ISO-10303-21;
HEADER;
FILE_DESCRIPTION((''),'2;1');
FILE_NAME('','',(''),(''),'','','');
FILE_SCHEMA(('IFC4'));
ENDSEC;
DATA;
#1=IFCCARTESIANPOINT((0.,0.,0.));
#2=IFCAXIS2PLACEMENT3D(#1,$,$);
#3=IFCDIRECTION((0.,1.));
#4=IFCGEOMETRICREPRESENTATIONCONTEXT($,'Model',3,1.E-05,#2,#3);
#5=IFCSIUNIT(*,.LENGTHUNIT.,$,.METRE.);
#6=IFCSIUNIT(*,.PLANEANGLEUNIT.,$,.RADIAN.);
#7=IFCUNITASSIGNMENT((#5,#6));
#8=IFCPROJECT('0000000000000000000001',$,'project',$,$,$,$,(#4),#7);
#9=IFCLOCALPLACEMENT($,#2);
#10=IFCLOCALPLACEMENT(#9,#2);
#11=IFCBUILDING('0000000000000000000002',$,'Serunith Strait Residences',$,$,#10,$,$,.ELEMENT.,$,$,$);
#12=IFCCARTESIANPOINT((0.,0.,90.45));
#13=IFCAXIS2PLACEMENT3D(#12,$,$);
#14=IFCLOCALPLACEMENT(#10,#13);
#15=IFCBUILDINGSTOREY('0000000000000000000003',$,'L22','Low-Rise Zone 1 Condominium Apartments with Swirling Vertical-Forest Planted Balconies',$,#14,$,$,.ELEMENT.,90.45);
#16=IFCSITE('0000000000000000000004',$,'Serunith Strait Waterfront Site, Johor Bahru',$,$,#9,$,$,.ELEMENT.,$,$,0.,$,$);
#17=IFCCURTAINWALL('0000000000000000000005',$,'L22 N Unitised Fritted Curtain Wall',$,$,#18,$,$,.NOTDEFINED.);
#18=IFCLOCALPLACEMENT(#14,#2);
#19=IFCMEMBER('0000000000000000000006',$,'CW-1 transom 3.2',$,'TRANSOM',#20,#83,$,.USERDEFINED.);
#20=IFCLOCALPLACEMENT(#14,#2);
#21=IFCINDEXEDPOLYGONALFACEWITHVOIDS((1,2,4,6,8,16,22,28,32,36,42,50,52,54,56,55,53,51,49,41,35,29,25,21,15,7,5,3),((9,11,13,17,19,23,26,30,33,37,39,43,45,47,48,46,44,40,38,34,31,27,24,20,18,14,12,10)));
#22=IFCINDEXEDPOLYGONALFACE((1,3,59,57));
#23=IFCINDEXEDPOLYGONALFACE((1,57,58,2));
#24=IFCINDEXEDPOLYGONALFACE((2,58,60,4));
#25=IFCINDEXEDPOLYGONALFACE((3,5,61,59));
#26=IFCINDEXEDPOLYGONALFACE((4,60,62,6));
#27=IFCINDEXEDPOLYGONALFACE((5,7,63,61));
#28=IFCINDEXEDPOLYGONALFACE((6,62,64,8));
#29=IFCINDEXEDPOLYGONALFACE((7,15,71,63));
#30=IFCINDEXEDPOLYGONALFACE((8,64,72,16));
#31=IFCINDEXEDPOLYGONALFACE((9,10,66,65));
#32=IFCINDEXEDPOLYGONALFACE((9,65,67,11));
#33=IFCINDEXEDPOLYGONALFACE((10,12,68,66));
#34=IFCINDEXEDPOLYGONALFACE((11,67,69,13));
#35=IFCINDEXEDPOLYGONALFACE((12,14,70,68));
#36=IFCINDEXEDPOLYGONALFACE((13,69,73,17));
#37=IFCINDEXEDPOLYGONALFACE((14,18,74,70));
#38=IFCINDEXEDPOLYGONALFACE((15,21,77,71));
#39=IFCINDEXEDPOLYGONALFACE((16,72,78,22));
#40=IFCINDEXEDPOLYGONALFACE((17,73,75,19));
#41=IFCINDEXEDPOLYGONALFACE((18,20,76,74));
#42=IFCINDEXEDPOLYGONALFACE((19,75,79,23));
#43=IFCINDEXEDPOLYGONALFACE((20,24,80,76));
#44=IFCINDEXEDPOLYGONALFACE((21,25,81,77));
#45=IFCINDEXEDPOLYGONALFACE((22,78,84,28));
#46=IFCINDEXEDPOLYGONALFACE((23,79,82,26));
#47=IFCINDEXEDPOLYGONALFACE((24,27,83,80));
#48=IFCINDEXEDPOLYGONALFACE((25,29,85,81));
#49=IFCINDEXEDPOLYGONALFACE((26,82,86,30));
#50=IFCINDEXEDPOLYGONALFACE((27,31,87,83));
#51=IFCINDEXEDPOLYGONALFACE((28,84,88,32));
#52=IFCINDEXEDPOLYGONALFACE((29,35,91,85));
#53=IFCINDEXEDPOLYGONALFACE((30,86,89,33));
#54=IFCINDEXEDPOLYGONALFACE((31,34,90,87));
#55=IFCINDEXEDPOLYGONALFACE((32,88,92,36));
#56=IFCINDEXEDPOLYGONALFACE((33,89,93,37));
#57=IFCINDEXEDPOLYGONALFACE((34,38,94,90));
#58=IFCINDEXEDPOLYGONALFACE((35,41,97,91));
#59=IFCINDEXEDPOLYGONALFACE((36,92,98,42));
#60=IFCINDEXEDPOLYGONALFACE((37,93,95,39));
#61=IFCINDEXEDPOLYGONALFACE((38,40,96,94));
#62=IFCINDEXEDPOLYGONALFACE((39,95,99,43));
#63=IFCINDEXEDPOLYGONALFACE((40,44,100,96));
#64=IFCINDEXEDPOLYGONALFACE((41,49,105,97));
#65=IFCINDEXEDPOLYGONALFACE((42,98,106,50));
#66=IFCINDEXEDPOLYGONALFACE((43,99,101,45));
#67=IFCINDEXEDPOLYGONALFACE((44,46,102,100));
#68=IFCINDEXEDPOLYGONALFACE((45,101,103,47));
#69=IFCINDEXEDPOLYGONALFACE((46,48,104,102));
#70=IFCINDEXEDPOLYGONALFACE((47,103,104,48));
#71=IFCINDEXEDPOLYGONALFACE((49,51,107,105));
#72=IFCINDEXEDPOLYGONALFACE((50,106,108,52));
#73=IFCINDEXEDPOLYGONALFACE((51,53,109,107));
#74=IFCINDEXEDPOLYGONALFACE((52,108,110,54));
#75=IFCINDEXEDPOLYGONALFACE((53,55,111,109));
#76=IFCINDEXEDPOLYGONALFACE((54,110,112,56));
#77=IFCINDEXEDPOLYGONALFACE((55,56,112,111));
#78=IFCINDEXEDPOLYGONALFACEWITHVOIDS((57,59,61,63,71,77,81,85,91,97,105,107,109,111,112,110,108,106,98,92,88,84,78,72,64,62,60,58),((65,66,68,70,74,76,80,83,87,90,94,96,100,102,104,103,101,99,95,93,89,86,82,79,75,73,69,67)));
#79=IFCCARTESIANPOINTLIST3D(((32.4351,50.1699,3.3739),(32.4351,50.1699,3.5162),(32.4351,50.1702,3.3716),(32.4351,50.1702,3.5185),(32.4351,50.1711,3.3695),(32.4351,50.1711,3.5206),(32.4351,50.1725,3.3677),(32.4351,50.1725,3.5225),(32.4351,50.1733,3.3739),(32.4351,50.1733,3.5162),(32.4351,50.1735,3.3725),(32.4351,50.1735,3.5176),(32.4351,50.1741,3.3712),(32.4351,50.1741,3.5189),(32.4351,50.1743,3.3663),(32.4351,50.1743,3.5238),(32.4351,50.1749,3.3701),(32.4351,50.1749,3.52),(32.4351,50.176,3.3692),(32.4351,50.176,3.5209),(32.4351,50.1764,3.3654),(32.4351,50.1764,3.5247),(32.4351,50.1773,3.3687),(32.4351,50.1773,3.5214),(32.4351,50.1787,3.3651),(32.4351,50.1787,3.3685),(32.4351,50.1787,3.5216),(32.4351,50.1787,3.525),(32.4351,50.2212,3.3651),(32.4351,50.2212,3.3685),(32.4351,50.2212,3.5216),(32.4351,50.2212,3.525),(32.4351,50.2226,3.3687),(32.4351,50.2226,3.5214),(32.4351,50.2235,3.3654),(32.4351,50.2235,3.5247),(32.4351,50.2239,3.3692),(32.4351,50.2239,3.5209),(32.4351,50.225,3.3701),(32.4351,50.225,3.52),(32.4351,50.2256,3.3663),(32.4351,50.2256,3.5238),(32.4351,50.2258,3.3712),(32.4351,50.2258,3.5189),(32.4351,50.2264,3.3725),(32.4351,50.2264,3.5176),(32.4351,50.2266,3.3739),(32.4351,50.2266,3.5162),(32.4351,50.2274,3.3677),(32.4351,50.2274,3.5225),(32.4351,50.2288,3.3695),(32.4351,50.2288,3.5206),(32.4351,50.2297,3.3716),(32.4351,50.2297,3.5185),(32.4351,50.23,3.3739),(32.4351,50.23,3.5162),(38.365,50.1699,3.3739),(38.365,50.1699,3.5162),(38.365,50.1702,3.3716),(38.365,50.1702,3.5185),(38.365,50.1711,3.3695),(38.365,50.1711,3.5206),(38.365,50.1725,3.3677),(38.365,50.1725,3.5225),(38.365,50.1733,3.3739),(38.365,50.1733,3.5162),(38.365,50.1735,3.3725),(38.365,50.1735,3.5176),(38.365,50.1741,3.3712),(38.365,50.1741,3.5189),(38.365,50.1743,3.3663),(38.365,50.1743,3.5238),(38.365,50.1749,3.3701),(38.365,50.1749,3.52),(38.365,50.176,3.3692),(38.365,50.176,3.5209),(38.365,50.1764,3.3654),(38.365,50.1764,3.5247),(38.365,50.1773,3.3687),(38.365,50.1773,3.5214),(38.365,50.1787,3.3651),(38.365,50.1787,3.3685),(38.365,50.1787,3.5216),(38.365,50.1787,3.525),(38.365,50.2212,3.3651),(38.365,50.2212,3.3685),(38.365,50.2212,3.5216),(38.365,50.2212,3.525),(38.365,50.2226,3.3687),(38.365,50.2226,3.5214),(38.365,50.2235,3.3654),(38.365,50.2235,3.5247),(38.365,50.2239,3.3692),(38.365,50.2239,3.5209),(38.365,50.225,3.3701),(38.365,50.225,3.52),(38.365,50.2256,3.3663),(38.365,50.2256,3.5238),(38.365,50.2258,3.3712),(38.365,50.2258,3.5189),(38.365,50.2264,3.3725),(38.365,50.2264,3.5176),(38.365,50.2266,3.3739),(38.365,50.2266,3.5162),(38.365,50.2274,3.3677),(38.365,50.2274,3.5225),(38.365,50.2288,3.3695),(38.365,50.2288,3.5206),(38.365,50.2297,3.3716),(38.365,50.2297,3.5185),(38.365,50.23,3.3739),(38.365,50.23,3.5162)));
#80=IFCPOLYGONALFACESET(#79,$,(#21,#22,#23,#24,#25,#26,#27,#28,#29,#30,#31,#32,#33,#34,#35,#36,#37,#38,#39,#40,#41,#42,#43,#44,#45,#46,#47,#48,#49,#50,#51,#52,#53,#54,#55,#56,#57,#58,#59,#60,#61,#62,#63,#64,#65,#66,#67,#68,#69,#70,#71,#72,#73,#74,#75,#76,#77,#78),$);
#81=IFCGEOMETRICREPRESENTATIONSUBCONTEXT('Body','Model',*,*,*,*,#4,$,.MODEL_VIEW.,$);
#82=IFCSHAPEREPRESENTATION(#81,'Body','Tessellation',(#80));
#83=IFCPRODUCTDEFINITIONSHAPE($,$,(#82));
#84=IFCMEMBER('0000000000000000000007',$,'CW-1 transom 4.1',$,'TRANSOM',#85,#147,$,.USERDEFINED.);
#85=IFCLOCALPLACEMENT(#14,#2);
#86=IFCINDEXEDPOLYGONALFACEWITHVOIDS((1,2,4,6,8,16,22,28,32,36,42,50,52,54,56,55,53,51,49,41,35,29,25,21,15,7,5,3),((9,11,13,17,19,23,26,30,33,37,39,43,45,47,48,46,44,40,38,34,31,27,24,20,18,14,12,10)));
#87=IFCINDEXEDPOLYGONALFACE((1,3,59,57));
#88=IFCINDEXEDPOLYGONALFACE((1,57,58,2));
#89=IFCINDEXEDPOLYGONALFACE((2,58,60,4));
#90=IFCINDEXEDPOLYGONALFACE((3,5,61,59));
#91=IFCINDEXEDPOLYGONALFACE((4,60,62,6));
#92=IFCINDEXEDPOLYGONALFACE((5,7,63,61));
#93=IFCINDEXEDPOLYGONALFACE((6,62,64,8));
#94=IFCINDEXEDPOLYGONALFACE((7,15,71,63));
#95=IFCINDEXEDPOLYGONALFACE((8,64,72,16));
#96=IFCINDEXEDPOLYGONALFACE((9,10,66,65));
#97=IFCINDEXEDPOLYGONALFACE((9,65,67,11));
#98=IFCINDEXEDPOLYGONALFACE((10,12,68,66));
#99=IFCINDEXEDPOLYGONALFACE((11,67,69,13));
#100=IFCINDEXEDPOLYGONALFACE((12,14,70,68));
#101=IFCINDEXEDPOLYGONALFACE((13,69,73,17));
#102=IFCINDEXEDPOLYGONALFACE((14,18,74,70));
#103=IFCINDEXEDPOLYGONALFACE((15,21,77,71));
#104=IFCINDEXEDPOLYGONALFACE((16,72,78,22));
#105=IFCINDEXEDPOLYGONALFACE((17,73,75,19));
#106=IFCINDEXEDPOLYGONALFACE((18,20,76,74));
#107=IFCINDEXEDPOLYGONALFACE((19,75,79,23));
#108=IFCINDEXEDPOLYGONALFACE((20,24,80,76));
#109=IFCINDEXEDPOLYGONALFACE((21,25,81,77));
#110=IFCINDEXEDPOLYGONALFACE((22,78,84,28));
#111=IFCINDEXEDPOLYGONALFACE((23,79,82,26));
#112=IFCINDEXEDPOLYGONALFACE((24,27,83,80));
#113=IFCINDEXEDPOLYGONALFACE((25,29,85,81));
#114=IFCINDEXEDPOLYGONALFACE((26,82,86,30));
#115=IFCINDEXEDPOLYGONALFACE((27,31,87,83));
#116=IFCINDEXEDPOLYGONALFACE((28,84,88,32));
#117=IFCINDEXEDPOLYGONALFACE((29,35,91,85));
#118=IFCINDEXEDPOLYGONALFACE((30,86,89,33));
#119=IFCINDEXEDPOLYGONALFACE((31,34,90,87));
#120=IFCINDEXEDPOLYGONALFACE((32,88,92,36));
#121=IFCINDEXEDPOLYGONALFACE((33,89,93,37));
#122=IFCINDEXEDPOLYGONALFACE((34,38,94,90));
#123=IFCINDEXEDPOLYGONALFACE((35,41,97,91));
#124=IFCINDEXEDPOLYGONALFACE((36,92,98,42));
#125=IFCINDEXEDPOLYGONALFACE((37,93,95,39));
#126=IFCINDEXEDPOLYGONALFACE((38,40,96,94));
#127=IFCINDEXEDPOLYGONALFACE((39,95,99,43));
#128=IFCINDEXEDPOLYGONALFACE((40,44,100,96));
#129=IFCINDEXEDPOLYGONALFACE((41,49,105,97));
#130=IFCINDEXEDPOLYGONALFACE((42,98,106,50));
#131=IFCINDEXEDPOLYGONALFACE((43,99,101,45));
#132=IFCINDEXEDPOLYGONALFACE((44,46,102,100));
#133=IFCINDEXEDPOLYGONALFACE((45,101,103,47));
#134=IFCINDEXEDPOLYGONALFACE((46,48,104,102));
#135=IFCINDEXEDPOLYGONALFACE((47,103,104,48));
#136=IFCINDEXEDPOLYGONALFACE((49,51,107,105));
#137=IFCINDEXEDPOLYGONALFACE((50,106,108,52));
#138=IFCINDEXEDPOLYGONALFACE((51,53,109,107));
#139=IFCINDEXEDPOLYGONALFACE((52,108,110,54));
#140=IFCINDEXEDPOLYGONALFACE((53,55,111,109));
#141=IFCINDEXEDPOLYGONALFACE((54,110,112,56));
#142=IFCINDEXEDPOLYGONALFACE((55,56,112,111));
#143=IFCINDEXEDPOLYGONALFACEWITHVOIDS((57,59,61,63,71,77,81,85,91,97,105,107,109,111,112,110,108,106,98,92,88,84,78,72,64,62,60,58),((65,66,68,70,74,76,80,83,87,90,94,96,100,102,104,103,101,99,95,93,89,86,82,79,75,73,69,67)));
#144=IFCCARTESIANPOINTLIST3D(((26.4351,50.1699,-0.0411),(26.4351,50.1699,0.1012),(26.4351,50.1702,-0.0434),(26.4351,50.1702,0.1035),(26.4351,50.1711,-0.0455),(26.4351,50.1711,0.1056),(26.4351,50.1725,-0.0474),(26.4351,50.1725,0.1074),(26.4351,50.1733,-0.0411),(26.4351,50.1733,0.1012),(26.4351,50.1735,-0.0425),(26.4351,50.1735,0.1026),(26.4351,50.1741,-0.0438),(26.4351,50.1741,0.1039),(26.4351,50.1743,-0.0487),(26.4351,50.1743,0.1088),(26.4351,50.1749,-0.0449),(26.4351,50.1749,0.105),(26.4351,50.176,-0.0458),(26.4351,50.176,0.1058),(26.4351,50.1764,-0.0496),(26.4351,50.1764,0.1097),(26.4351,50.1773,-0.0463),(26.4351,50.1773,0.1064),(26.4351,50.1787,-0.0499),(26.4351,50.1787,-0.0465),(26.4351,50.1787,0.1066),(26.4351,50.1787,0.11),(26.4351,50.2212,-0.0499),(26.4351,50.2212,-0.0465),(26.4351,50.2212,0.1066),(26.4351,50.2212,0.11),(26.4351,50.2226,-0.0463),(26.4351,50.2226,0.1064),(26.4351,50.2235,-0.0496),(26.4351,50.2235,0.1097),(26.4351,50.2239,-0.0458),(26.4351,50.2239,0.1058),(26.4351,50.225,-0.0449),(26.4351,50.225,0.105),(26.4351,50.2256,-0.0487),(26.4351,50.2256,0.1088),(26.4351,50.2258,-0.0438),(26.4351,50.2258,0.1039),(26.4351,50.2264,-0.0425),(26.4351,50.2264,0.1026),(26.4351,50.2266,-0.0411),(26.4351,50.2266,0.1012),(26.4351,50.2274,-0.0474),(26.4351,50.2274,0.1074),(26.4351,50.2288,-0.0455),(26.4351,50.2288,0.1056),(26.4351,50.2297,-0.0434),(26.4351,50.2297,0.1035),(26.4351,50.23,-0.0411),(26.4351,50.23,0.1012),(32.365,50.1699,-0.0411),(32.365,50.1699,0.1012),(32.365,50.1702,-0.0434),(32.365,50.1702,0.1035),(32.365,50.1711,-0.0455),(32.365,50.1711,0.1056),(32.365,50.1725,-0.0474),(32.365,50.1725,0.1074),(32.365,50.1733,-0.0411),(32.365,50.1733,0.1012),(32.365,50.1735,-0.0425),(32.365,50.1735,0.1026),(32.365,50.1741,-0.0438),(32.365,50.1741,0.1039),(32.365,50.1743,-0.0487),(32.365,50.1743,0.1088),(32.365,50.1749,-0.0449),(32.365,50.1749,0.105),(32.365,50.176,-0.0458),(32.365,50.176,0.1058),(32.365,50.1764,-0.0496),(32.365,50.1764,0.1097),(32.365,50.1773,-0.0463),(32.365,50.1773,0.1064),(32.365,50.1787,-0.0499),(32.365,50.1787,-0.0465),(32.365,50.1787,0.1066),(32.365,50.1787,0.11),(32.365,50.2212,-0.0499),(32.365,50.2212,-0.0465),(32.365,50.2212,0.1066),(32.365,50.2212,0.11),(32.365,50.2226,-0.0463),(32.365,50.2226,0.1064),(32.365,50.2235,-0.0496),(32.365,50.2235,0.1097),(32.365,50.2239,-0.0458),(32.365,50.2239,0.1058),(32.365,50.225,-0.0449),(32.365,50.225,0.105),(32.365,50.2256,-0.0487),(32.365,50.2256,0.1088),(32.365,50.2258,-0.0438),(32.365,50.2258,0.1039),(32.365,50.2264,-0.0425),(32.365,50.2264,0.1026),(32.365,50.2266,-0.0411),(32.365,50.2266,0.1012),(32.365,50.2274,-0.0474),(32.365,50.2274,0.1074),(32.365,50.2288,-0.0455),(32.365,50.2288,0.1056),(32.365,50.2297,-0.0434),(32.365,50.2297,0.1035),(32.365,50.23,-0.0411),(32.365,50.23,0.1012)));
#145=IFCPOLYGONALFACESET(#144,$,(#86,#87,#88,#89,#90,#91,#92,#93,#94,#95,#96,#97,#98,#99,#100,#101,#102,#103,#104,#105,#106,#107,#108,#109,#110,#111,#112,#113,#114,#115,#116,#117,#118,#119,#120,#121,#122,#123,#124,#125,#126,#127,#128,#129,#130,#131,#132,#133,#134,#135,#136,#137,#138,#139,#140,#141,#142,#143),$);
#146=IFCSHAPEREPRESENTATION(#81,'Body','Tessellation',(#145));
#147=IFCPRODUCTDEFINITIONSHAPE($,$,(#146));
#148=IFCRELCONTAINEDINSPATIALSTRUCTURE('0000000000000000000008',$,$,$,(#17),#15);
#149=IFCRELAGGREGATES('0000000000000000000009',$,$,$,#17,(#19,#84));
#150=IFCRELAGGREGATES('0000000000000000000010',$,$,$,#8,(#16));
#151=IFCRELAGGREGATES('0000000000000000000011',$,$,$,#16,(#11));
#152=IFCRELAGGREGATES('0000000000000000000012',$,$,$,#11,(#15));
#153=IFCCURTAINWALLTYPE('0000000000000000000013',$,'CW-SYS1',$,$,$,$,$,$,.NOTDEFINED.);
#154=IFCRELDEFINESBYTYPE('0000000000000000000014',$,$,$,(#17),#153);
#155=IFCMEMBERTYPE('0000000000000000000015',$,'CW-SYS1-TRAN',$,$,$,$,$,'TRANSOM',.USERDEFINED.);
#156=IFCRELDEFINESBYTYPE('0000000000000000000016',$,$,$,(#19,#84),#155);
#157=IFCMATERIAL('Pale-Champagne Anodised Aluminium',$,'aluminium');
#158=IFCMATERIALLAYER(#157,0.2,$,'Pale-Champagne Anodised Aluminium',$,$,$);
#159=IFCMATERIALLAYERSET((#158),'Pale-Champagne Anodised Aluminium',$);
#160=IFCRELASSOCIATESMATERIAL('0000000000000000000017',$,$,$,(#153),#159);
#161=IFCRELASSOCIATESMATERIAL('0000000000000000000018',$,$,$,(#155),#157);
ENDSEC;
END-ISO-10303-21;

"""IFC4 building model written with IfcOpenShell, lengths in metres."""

from ifc_helpers import new_model, si_unit, direction, frame, origin, origin_2d, place, context, subcontext, project, spatial, hollow_rectangle, extrude, source, transform, mapped, material, layer, layer_set, material_profile, profile_set, type_object, element, aggregate, save


model = new_model("IFC4")

# Units and contexts
model_context = context("Model", 3, precision=1e-05, world=origin(), true_north=direction((0.0, 1.0)))
body_context = subcontext(model_context, "Body", "Model", "MODEL_VIEW")
ifc_project = project(units=[si_unit("LENGTHUNIT", "METRE"), si_unit("PLANEANGLEUNIT", "RADIAN")], contexts=[model_context])

# Site, building, storey
site_placement = place(None, origin())
site = spatial("IfcSite", under=ifc_project, at=site_placement, Name="Serunith Strait Waterfront Site, Johor Bahru", CompositionType="ELEMENT", RefElevation=0.0)
building_placement = place(site_placement, origin())
building = spatial("IfcBuilding", under=site, at=building_placement, Name="Serunith Strait Residences", CompositionType="ELEMENT")
storey_placement = place(building_placement, frame((0.0, 0.0, 90.45)))
storey = spatial("IfcBuildingStorey", under=building, at=storey_placement, Name="L22", Description="Low-Rise Zone 1 Condominium Apartments with Swirling Vertical-Forest Planted Balconies", CompositionType="ELEMENT", Elevation=90.45)

# Curtain wall, members
ifc_material_1 = material(Name="Pale-Champagne Anodised Aluminium", Category="aluminium")
ifc_layer_1 = layer(ifc_material_1, 0.2, Name="Pale-Champagne Anodised Aluminium")
ifc_layer_set_1 = layer_set([ifc_layer_1], Name="Pale-Champagne Anodised Aluminium")
curtain_wall_type = type_object("IfcCurtainWallType", Name="CW-SYS1", PredefinedType="NOTDEFINED", material=ifc_layer_set_1)
curtain_wall_placement = place(storey_placement, origin())
curtain_wall = element("IfcCurtainWall", 1, at=curtain_wall_placement, inside=storey, type_object=curtain_wall_type, Name="L22 N Unitised Fritted Curtain Wall", PredefinedType="NOTDEFINED")
ifc_material_profile_1 = material_profile(ifc_material_1, hollow_rectangle(XDim=0.0601, YDim=0.1599, WallThickness=0.0034, InnerFilletRadius=0.0054, OuterFilletRadius=0.0088, at=origin_2d()), Name="ALU 160x60x3.5")
ifc_profile_set_1 = profile_set([ifc_material_profile_1], Name="Pale-Champagne Anodised Aluminium")
member_type_1 = type_object("IfcMemberType", Name="CW-SYS1-TRAN", ElementType="TRANSOM", PredefinedType="USERDEFINED", material=ifc_profile_set_1)
shared_shape_1 = source(origin(), body_context, "Body", "SweptSolid", [
    extrude(hollow_rectangle(XDim=0.0601, YDim=0.1599, WallThickness=0.0034, InnerFilletRadius=0.0054, OuterFilletRadius=0.0088, at=origin_2d()), origin(), (0.0, 0.0, 1.0), 5.9299),
])
member_1_placement = place(storey_placement, frame((38.365, 50.2, 3.4451), z_axis=(-1.0, 0.0, 0.0), x_axis=(0.0, -1.0, 0.0)))
member_1 = element("IfcMember", 2, at=member_1_placement, type_object=member_type_1, Name="CW-1 transom 3.2", ObjectType="TRANSOM", PredefinedType="USERDEFINED", context=body_context, shape_type="MappedRepresentation", body=[
    mapped(shared_shape_1, transform((0.0, 0.0, 0.0), scale=1.0)),
])
member_2_placement = place(storey_placement, frame((32.365, 50.2, 0.03), z_axis=(-1.0, 0.0, 0.0), x_axis=(0.0, -1.0, 0.0)))
member_2 = element("IfcMember", 3, at=member_2_placement, type_object=member_type_1, Name="CW-1 transom 4.1", ObjectType="TRANSOM", PredefinedType="USERDEFINED", context=body_context, shape_type="MappedRepresentation", body=[
    mapped(shared_shape_1, transform((0.0, 0.0, 0.0), scale=1.0)),
])
aggregate(curtain_wall, [member_1, member_2])

save(model, "model.ifc")
